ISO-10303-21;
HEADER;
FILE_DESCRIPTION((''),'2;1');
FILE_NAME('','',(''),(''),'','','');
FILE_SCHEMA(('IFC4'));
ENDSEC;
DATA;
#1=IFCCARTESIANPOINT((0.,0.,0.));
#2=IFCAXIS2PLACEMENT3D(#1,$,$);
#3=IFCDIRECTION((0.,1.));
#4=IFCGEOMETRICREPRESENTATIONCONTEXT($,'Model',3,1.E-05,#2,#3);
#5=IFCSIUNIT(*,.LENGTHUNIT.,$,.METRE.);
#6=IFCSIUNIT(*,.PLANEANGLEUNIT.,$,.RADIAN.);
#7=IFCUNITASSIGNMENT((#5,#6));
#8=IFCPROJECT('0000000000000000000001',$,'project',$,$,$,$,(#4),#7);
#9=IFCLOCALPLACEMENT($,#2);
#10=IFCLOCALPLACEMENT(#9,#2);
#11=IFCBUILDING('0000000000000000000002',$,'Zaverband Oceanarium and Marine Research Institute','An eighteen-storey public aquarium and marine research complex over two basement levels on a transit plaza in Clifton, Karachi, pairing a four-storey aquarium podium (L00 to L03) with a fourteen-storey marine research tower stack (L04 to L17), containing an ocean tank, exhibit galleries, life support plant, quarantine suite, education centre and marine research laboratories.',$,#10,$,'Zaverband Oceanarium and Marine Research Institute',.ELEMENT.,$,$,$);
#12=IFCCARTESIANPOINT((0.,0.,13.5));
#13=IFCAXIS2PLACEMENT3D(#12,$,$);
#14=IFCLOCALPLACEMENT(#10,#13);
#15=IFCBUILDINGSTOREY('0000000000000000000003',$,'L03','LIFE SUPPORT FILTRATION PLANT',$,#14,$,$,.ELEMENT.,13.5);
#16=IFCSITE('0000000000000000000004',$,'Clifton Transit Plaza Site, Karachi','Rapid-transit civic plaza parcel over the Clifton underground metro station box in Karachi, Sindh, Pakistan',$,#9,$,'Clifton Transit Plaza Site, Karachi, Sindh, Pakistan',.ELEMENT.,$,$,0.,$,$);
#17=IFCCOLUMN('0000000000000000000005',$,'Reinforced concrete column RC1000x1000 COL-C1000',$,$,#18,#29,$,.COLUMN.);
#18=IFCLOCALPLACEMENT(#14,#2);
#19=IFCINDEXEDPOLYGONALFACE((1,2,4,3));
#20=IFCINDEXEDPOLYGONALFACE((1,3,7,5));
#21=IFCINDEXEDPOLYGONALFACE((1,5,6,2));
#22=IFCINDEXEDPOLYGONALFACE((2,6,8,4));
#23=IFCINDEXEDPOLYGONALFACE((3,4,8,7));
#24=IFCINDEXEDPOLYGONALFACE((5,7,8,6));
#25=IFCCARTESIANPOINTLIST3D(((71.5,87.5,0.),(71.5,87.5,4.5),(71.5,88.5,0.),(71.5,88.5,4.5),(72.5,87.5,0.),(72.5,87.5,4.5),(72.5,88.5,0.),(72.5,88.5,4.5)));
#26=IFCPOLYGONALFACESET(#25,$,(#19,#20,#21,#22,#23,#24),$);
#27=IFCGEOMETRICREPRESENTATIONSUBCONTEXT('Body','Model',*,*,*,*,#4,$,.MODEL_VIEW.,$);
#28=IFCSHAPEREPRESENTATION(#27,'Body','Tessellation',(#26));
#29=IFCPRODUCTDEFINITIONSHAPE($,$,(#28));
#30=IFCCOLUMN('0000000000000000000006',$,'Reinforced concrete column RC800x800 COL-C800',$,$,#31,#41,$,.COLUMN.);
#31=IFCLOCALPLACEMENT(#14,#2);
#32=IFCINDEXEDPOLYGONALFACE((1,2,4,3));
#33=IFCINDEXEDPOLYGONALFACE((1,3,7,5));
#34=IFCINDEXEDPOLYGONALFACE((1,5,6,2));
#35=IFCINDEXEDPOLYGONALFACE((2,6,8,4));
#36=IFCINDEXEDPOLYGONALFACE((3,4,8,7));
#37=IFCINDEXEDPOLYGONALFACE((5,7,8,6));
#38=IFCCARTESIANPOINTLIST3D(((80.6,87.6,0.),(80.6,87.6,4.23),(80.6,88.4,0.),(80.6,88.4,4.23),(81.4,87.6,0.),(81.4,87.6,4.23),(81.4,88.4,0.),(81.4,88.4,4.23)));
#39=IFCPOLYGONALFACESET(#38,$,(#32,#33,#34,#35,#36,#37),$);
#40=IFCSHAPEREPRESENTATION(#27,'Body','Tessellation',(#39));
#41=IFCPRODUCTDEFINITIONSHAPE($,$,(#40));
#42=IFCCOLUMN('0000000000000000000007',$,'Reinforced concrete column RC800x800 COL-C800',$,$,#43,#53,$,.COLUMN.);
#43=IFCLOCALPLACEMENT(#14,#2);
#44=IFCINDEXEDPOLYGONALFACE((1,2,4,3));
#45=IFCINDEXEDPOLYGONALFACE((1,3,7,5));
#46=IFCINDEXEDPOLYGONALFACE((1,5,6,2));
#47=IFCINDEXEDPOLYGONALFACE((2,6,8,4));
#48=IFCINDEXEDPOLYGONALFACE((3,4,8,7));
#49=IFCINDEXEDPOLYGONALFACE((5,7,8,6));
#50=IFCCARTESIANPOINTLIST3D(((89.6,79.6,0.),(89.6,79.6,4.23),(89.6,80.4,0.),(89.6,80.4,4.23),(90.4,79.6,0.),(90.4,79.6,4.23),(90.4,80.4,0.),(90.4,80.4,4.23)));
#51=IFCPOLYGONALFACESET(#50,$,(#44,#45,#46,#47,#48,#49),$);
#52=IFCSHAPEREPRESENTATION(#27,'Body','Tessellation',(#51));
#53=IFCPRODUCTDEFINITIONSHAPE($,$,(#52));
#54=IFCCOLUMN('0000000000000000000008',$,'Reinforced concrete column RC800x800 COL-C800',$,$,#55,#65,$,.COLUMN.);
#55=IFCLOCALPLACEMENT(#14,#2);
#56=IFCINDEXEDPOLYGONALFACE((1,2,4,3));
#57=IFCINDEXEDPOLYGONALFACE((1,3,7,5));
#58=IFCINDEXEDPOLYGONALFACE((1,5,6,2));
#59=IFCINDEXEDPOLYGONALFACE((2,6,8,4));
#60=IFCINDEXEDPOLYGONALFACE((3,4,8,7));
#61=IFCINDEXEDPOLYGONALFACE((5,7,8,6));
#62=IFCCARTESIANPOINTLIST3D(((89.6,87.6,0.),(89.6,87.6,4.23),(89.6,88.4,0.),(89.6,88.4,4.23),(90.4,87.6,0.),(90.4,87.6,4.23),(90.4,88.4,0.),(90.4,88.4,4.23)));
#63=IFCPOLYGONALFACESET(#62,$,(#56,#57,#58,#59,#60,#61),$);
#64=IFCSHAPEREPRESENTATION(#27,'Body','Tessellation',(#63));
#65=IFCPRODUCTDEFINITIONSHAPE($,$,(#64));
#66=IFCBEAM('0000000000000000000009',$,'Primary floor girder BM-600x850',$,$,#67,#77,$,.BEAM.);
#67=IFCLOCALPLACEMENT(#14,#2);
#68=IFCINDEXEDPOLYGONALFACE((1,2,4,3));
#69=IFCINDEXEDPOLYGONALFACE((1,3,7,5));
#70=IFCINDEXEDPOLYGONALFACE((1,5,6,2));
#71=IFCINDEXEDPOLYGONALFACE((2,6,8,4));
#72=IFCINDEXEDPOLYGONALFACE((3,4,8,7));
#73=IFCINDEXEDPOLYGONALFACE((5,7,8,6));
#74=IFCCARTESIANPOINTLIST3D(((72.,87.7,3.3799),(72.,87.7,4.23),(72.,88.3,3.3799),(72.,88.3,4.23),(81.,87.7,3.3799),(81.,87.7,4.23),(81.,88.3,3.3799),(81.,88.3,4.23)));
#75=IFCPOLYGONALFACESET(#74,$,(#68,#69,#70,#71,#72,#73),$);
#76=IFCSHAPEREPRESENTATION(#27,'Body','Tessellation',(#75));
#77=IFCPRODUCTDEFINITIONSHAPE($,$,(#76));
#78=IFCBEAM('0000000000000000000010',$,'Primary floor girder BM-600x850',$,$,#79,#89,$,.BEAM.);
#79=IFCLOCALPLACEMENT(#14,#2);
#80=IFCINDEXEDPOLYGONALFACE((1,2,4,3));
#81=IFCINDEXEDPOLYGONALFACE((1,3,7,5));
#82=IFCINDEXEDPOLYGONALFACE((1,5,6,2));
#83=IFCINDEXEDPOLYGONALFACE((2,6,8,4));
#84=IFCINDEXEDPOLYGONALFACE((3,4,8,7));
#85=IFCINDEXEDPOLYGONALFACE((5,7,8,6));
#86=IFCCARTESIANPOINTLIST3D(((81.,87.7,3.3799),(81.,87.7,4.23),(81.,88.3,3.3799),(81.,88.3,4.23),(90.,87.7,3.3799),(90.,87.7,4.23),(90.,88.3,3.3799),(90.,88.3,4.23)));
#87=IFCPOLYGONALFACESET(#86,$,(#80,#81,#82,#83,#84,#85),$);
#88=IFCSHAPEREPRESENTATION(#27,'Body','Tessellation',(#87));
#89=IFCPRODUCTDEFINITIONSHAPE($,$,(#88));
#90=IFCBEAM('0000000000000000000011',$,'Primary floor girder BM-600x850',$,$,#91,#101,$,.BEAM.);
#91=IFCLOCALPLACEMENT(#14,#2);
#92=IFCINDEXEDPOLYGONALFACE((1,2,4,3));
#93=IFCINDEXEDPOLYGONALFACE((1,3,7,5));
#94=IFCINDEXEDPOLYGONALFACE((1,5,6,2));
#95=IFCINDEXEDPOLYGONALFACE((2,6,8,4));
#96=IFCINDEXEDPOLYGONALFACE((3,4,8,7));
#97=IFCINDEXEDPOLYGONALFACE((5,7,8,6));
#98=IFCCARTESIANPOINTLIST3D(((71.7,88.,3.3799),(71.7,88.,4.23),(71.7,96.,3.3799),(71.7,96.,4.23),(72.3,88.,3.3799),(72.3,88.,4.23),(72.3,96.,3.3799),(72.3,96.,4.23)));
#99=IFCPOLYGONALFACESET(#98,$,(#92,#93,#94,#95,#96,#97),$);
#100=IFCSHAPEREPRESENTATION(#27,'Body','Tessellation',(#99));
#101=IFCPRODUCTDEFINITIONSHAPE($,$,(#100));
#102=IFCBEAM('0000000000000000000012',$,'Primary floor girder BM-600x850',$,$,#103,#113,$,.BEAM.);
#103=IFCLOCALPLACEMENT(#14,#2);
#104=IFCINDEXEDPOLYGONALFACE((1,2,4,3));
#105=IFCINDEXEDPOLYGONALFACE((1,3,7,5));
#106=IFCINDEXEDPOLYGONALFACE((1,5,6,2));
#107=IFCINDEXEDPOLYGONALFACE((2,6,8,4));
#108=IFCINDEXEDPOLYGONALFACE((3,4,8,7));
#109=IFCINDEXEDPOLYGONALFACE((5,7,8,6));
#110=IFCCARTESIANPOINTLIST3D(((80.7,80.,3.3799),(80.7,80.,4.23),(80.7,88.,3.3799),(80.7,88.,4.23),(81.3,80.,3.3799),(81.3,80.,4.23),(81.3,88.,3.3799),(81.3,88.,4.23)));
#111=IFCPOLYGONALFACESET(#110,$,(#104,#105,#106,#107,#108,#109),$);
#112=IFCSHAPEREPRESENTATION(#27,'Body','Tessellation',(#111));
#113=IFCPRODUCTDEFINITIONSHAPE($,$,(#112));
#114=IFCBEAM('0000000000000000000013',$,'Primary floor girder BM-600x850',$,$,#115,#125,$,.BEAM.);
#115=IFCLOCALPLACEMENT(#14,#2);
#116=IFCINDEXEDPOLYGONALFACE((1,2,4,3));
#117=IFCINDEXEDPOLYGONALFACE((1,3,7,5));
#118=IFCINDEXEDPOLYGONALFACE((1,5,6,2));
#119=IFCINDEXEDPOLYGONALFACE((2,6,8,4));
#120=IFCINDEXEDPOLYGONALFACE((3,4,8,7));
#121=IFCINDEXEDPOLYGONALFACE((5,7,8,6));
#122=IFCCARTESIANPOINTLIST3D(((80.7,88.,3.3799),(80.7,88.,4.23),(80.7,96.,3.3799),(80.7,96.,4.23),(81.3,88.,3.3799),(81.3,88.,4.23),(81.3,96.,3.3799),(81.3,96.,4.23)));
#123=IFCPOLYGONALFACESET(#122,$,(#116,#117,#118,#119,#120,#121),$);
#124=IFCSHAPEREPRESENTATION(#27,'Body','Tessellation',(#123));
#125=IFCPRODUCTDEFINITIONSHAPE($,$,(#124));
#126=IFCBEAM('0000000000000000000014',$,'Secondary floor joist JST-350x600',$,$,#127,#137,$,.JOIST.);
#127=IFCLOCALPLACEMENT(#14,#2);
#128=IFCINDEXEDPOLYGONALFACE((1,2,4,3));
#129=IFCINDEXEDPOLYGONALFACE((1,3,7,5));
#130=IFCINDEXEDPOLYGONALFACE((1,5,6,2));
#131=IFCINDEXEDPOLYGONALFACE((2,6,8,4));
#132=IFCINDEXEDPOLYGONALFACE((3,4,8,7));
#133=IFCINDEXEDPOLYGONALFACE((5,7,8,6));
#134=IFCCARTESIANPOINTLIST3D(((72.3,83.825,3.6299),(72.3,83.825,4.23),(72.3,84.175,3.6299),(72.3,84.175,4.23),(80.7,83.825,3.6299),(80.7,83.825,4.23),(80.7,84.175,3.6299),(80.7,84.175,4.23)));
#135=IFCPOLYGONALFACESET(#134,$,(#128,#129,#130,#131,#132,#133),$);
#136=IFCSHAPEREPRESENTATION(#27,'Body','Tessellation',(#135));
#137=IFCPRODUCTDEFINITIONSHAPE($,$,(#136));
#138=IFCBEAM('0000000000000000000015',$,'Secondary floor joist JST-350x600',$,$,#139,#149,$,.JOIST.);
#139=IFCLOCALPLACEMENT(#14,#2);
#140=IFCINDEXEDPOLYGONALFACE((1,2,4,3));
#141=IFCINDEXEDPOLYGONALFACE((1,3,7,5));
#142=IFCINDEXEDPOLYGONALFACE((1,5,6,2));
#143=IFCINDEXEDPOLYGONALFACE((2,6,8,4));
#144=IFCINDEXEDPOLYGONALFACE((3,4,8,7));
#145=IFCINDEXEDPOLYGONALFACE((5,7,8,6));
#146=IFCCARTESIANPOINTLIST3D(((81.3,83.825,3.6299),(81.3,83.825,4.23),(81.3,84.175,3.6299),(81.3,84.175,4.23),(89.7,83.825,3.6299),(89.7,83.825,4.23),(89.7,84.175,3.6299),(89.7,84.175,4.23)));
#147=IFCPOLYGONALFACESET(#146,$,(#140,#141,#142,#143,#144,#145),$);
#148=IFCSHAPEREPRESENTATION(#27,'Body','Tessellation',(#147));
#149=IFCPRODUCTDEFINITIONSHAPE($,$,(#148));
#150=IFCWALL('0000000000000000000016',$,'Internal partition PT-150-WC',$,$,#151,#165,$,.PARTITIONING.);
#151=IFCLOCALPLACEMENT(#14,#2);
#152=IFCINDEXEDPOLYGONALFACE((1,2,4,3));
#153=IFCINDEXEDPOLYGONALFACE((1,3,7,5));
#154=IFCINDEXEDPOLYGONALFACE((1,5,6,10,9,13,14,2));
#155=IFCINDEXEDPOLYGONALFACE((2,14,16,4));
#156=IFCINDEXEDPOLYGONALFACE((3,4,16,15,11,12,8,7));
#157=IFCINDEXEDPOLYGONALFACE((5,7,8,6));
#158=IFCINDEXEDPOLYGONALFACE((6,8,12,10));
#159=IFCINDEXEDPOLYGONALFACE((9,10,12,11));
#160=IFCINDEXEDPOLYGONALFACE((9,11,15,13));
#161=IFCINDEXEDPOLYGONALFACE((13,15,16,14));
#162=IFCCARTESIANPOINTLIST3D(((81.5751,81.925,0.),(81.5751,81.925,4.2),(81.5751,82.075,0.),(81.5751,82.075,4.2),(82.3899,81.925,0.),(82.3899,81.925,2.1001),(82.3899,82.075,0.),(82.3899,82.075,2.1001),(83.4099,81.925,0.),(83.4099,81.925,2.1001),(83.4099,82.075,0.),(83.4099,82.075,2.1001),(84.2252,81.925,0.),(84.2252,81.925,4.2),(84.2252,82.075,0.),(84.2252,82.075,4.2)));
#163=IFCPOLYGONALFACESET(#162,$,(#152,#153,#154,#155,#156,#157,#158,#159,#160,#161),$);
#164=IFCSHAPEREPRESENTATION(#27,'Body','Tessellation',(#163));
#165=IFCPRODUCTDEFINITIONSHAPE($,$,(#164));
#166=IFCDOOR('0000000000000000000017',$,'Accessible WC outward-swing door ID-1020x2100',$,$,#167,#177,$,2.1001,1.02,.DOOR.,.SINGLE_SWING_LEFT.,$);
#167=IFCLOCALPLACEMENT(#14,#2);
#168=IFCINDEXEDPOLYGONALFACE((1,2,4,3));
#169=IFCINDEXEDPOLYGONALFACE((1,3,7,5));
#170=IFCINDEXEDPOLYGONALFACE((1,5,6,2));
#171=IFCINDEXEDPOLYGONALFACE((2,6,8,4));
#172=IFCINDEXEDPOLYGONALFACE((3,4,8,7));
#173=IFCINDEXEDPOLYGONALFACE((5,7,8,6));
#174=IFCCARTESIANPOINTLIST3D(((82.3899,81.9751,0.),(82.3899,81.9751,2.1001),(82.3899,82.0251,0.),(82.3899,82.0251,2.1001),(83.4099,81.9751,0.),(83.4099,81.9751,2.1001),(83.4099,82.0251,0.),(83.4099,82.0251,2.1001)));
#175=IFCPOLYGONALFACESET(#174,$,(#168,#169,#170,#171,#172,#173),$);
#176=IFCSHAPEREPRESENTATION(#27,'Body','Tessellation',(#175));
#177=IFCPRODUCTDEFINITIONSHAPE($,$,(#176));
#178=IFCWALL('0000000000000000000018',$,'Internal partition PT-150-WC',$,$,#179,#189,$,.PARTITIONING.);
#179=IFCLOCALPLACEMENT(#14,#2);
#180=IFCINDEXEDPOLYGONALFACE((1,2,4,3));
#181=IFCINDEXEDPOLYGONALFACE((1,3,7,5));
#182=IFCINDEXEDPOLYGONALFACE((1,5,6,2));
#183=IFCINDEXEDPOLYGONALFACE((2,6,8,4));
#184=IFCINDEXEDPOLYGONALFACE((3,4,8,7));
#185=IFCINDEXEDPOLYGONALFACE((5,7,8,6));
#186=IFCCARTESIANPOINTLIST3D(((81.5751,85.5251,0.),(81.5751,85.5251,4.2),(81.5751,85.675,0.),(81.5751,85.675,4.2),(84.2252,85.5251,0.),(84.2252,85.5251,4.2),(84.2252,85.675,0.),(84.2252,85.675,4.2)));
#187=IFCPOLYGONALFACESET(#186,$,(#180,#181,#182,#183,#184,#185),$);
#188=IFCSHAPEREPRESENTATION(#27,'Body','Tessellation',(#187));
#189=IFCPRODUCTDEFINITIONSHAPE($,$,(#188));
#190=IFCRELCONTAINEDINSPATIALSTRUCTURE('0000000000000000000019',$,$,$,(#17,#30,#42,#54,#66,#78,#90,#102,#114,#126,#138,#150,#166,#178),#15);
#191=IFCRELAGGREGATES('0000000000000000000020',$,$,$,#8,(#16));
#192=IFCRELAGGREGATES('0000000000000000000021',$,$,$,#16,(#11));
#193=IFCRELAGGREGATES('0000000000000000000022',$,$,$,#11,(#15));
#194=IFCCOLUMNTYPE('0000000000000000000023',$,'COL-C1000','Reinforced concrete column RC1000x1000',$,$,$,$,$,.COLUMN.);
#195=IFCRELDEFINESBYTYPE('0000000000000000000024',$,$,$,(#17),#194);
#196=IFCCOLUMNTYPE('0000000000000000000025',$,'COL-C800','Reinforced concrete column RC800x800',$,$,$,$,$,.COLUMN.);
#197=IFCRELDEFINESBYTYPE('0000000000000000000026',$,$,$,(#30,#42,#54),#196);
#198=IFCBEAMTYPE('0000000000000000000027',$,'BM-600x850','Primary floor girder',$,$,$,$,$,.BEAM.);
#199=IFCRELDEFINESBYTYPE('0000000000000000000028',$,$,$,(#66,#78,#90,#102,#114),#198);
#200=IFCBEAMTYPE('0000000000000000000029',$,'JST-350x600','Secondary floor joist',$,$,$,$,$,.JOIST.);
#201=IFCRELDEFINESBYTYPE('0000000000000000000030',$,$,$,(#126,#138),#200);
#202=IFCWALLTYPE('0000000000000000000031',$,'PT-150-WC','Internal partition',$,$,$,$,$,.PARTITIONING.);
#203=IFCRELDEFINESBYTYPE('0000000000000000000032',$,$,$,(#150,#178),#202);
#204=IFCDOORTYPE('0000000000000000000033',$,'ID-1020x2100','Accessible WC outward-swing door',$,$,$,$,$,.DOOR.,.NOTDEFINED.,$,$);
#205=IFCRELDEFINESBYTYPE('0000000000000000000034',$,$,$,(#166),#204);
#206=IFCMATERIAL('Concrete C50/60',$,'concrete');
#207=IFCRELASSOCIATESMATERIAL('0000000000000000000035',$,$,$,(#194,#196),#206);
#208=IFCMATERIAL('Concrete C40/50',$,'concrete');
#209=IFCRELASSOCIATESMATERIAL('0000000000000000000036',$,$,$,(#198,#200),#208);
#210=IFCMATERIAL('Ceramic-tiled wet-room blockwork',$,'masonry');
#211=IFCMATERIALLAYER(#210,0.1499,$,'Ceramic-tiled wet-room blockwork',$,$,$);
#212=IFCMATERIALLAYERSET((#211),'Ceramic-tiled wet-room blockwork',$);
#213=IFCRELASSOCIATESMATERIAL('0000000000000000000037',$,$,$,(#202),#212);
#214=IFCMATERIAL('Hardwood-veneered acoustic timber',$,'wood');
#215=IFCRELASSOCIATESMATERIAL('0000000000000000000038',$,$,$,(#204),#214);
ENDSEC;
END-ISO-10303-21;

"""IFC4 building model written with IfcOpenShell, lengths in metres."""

from ifc_helpers import new_model, si_unit, direction, frame, frame_2d, origin, origin_2d, place, context, subcontext, project, spatial, rectangle, extrude, material, layer, layer_set, material_profile, profile_set, type_object, element, fill, save


model = new_model("IFC4")

# Units and contexts
model_context = context("Model", 3, precision=1e-05, world=origin(), true_north=direction((0.0, 1.0)))
body_context = subcontext(model_context, "Body", "Model", "MODEL_VIEW")
ifc_project = project(units=[si_unit("LENGTHUNIT", "METRE"), si_unit("PLANEANGLEUNIT", "RADIAN")], contexts=[model_context])

# Site, building, storey
site_placement = place(None, origin())
site = spatial("IfcSite", under=ifc_project, at=site_placement, Name="Clifton Transit Plaza Site, Karachi", Description="Rapid-transit civic plaza parcel over the Clifton underground metro station box in Karachi, Sindh, Pakistan", LongName="Clifton Transit Plaza Site, Karachi, Sindh, Pakistan", CompositionType="ELEMENT", RefElevation=0.0)
building_placement = place(site_placement, origin())
building = spatial("IfcBuilding", under=site, at=building_placement, Name="Zaverband Oceanarium and Marine Research Institute", Description="An eighteen-storey public aquarium and marine research complex over two basement levels on a transit plaza in Clifton, Karachi, pairing a four-storey aquarium podium (L00 to L03) with a fourteen-storey marine research tower stack (L04 to L17), containing an ocean tank, exhibit galleries, life support plant, quarantine suite, education centre and marine research laboratories.", LongName="Zaverband Oceanarium and Marine Research Institute", CompositionType="ELEMENT")
storey_placement = place(building_placement, frame((0.0, 0.0, 13.5)))
storey = spatial("IfcBuildingStorey", under=building, at=storey_placement, Name="L03", Description="LIFE SUPPORT FILTRATION PLANT", CompositionType="ELEMENT", Elevation=13.5)

# Columns
ifc_material_1 = material(Name="Concrete C50/60", Category="concrete")
ifc_material_profile_1 = material_profile(ifc_material_1, rectangle(XDim=1.0, YDim=1.0, at=origin_2d()), Name="RC1000x1000")
ifc_profile_set_1 = profile_set([ifc_material_profile_1], Name="Concrete C50/60")
column_type_1 = type_object("IfcColumnType", Name="COL-C1000", Description="Reinforced concrete column RC1000x1000", PredefinedType="COLUMN", material=ifc_profile_set_1)
column_placement = place(storey_placement, frame((72.0, 88.0, 0.0), z_axis=(0.0, 0.0, 1.0), x_axis=(1.0, 0.0, 0.0)))
element("IfcColumn", 1, at=column_placement, inside=storey, type_object=column_type_1, Name="Reinforced concrete column RC1000x1000 COL-C1000", PredefinedType="COLUMN", context=body_context, shape_type="SweptSolid", body=[
    extrude(rectangle(XDim=1.0, YDim=1.0, at=origin_2d()), origin(), (0.0, 0.0, 1.0), 4.5),
])
ifc_material_profile_2 = material_profile(ifc_material_1, rectangle(XDim=0.8, YDim=0.8, at=origin_2d()), Name="RC800x800")
ifc_profile_set_2 = profile_set([ifc_material_profile_2], Name="Concrete C50/60")
column_type_2 = type_object("IfcColumnType", Name="COL-C800", Description="Reinforced concrete column RC800x800", PredefinedType="COLUMN", material=ifc_profile_set_2)
for number, where, z_axis, x_axis, name in (
    (2, (81.0, 88.0, 0.0), (0.0, 0.0, 1.0), (1.0, 0.0, 0.0), "Reinforced concrete column RC800x800 COL-C800"),
    (3, (90.0, 80.0, 0.0), (0.0, 0.0, 1.0), (1.0, 0.0, 0.0), "Reinforced concrete column RC800x800 COL-C800"),
    (4, (90.0, 88.0, 0.0), (0.0, 0.0, 1.0), (1.0, 0.0, 0.0), "Reinforced concrete column RC800x800 COL-C800"),
):
    element("IfcColumn", number, at=place(storey_placement, frame(where, z_axis=z_axis, x_axis=x_axis)), inside=storey, type_object=column_type_2, Name=name, PredefinedType="COLUMN", context=body_context, shape_type="SweptSolid", body=[
        extrude(rectangle(XDim=0.8, YDim=0.8, at=origin_2d()), origin(), (0.0, 0.0, 1.0), 4.23),
    ])

# Beams
ifc_material_2 = material(Name="Concrete C40/50", Category="concrete")
ifc_material_profile_3 = material_profile(ifc_material_2, rectangle(XDim=0.6001, YDim=0.8501, at=origin_2d()), Name="RC600x850")
ifc_profile_set_3 = profile_set([ifc_material_profile_3], Name="Concrete C40/50")
beam_type_1 = type_object("IfcBeamType", Name="BM-600x850", Description="Primary floor girder", PredefinedType="BEAM", material=ifc_profile_set_3)
for number, where, z_axis, x_axis, name in (
    (5, (72.0, 88.0, 3.8049), (1.0, 0.0, 0.0), (0.0, 1.0, 0.0), "Primary floor girder BM-600x850"),
    (6, (81.0, 88.0, 3.8049), (1.0, 0.0, 0.0), (0.0, 1.0, 0.0), "Primary floor girder BM-600x850"),
):
    element("IfcBeam", number, at=place(storey_placement, frame(where, z_axis=z_axis, x_axis=x_axis)), inside=storey, type_object=beam_type_1, Name=name, PredefinedType="BEAM", context=body_context, shape_type="SweptSolid", body=[
        extrude(rectangle(XDim=0.6001, YDim=0.8501, at=origin_2d()), origin(), (0.0, 0.0, 1.0), 9.0),
    ])
for number, where, z_axis, x_axis, name in (
    (7, (72.0, 88.0, 3.8049), (0.0, 1.0, 0.0), (-1.0, 0.0, 0.0), "Primary floor girder BM-600x850"),
    (8, (81.0, 80.0, 3.8049), (0.0, 1.0, 0.0), (-1.0, 0.0, 0.0), "Primary floor girder BM-600x850"),
    (9, (81.0, 88.0, 3.8049), (0.0, 1.0, 0.0), (-1.0, 0.0, 0.0), "Primary floor girder BM-600x850"),
):
    element("IfcBeam", number, at=place(storey_placement, frame(where, z_axis=z_axis, x_axis=x_axis)), inside=storey, type_object=beam_type_1, Name=name, PredefinedType="BEAM", context=body_context, shape_type="SweptSolid", body=[
        extrude(rectangle(XDim=0.6001, YDim=0.8501, at=origin_2d()), origin(), (0.0, 0.0, 1.0), 8.0),
    ])
ifc_material_profile_4 = material_profile(ifc_material_2, rectangle(XDim=0.3501, YDim=0.6001, at=origin_2d()), Name="RC350x600")
ifc_profile_set_4 = profile_set([ifc_material_profile_4], Name="Concrete C40/50")
beam_type_2 = type_object("IfcBeamType", Name="JST-350x600", Description="Secondary floor joist", PredefinedType="JOIST", material=ifc_profile_set_4)
for number, where, z_axis, x_axis, name in (
    (10, (72.3, 84.0, 3.9299), (1.0, 0.0, 0.0), (0.0, 1.0, 0.0), "Secondary floor joist JST-350x600"),
    (11, (81.3, 84.0, 3.9299), (1.0, 0.0, 0.0), (0.0, 1.0, 0.0), "Secondary floor joist JST-350x600"),
):
    element("IfcBeam", number, at=place(storey_placement, frame(where, z_axis=z_axis, x_axis=x_axis)), inside=storey, type_object=beam_type_2, Name=name, PredefinedType="JOIST", context=body_context, shape_type="SweptSolid", body=[
        extrude(rectangle(XDim=0.3501, YDim=0.6001, at=origin_2d()), origin(), (0.0, 0.0, 1.0), 8.3999),
    ])

# Wall, opening, door
ifc_material_3 = material(Name="Ceramic-tiled wet-room blockwork", Category="masonry")
ifc_layer_1 = layer(ifc_material_3, 0.1499, Name="Ceramic-tiled wet-room blockwork")
ifc_layer_set_1 = layer_set([ifc_layer_1], Name="Ceramic-tiled wet-room blockwork")
wall_type_1 = type_object("IfcWallType", Name="PT-150-WC", Description="Internal partition", PredefinedType="PARTITIONING", material=ifc_layer_set_1)
wall_1_placement = place(storey_placement, frame((81.575, 82.0, 0.0), z_axis=(0.0, 0.0, 1.0), x_axis=(1.0, 0.0, 0.0)))
wall_1 = element("IfcWall", 12, at=wall_1_placement, inside=storey, type_object=wall_type_1, Name="Internal partition PT-150-WC", PredefinedType="PARTITIONING", context=body_context, shape_type="SweptSolid", body=[
    extrude(rectangle(XDim=2.6501, YDim=0.1499, at=frame_2d((1.3252, 0.0))), origin(), (0.0, 0.0, 1.0), 4.2),
])
opening_1_placement = place(wall_1_placement, frame((0.8149, 0.0, 0.0)))
opening_1 = element("IfcOpeningElement", 13, at=opening_1_placement, cuts=wall_1, PredefinedType="OPENING", context=body_context, shape_type="SweptSolid", body=[
    extrude(rectangle(XDim=1.02, YDim=2.1001, at=frame_2d((0.51, 1.05))), frame((0.0, 0.0869, 0.0), z_axis=(0.0, -1.0, 0.0), x_axis=(1.0, 0.0, 0.0)), (0.0, 0.0, 1.0), 0.1738),
])
ifc_material_4 = material(Name="Hardwood-veneered acoustic timber", Category="wood")
door_type_1 = type_object("IfcDoorType", Name="ID-1020x2100", Description="Accessible WC outward-swing door", OperationType="NOTDEFINED", PredefinedType="DOOR", material=ifc_material_4)
door_1_placement = place(opening_1_placement, frame((1.02, 0.0, 0.0), z_axis=(0.0, 0.0, 1.0), x_axis=(-1.0, 0.0, 0.0)))
door_1 = element("IfcDoor", 14, at=door_1_placement, inside=storey, type_object=door_type_1, Name="Accessible WC outward-swing door ID-1020x2100", OperationType="SINGLE_SWING_LEFT", OverallHeight=2.1001, OverallWidth=1.02, PredefinedType="DOOR", context=body_context, shape_type="SweptSolid", body=[
    extrude(rectangle(XDim=1.02, YDim=2.1001, at=frame_2d((0.51, 1.05))), frame((0.0, 0.0249, 0.0), z_axis=(0.0, -1.0, 0.0), x_axis=(1.0, 0.0, 0.0)), (0.0, 0.0, 1.0), 0.05),
])
fill(opening_1, door_1)

# Wall
wall_2_placement = place(storey_placement, frame((81.575, 85.6001, 0.0), z_axis=(0.0, 0.0, 1.0), x_axis=(1.0, 0.0, 0.0)))
element("IfcWall", 15, at=wall_2_placement, inside=storey, type_object=wall_type_1, Name="Internal partition PT-150-WC", PredefinedType="PARTITIONING", context=body_context, shape_type="SweptSolid", body=[
    extrude(rectangle(XDim=2.6501, YDim=0.1499, at=frame_2d((1.3252, 0.0))), origin(), (0.0, 0.0, 1.0), 4.2),
])

save(model, "model.ifc")
